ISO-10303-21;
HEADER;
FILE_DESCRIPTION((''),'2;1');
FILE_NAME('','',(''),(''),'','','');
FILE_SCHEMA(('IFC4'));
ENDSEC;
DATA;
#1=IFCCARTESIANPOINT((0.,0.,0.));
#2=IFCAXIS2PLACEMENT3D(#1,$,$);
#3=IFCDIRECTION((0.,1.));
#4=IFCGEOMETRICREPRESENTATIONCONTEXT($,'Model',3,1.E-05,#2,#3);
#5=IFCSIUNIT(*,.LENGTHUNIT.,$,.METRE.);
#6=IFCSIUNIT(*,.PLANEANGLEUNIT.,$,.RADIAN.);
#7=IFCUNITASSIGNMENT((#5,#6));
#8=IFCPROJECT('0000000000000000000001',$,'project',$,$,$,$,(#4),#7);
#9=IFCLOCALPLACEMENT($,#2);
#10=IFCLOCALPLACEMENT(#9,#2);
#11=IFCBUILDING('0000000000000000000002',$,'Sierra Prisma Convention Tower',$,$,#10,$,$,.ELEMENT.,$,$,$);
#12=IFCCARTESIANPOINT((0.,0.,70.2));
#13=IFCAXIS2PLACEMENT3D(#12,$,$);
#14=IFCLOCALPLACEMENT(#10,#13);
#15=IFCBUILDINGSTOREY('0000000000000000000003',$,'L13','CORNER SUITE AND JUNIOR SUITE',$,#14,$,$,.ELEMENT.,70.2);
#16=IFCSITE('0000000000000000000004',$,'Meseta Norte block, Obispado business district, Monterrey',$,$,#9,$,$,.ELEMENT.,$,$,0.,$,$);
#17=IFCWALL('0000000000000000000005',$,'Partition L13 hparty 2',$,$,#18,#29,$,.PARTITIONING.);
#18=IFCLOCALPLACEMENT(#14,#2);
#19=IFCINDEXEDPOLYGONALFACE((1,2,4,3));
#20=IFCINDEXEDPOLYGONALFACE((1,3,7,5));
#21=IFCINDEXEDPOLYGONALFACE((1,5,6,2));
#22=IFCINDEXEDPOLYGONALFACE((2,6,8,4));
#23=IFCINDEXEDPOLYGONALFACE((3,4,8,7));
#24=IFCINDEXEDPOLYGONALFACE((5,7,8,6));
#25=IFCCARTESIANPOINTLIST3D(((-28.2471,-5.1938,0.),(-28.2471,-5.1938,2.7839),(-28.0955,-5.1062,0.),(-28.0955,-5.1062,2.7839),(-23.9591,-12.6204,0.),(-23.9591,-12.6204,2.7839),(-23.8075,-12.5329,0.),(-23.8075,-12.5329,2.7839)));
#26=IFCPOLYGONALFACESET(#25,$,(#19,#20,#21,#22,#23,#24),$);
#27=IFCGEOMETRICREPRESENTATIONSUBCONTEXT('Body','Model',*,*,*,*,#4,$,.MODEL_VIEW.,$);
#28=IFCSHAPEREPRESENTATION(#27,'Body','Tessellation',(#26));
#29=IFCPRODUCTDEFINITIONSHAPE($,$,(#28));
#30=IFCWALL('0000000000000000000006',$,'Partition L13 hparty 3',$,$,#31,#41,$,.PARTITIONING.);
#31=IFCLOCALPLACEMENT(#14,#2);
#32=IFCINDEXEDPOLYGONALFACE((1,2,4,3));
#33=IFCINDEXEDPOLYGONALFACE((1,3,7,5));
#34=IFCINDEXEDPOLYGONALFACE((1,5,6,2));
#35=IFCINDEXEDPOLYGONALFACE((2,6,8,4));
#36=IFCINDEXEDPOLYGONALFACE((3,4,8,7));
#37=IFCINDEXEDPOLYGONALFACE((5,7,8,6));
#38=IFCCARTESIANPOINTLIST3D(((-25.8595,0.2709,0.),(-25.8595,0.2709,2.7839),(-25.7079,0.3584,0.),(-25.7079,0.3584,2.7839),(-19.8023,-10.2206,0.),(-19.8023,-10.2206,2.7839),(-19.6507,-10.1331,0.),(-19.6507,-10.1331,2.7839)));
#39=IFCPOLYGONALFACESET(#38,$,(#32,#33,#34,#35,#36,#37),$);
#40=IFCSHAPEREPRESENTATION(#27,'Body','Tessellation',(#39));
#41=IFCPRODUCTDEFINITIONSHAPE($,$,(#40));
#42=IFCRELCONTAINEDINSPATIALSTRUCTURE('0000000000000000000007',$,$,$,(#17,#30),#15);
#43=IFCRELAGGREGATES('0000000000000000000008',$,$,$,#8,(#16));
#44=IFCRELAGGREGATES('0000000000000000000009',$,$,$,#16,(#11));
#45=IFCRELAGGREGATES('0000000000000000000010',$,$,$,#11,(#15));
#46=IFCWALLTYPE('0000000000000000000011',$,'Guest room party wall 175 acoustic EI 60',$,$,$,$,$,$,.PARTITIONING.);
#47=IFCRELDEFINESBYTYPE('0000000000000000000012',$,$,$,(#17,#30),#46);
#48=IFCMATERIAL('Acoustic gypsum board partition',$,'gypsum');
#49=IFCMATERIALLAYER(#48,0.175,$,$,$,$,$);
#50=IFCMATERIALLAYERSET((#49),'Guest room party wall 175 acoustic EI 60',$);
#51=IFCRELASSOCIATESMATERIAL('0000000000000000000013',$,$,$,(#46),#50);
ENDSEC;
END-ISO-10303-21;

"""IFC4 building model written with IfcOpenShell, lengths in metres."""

from ifc_helpers import new_model, si_unit, direction, frame, frame_2d, origin, place, context, subcontext, project, spatial, rectangle, extrude, material, layer, layer_set, type_object, element, save


model = new_model("IFC4")

# Units and contexts
model_context = context("Model", 3, precision=1e-05, world=origin(), true_north=direction((0.0, 1.0)))
body_context = subcontext(model_context, "Body", "Model", "MODEL_VIEW")
ifc_project = project(units=[si_unit("LENGTHUNIT", "METRE"), si_unit("PLANEANGLEUNIT", "RADIAN")], contexts=[model_context])

# Site, building, storey
site_placement = place(None, origin())
site = spatial("IfcSite", under=ifc_project, at=site_placement, Name="Meseta Norte block, Obispado business district, Monterrey", CompositionType="ELEMENT", RefElevation=0.0)
building_placement = place(site_placement, origin())
building = spatial("IfcBuilding", under=site, at=building_placement, Name="Sierra Prisma Convention Tower", CompositionType="ELEMENT")
storey_placement = place(building_placement, frame((0.0, 0.0, 70.2)))
storey = spatial("IfcBuildingStorey", under=building, at=storey_placement, Name="L13", Description="CORNER SUITE AND JUNIOR SUITE", CompositionType="ELEMENT", Elevation=70.2)

# Walls
ifc_material_1 = material(Name="Acoustic gypsum board partition", Category="gypsum")
ifc_layer_1 = layer(ifc_material_1, 0.175)
ifc_layer_set_1 = layer_set([ifc_layer_1], Name="Guest room party wall 175 acoustic EI 60")
wall_type_1 = type_object("IfcWallType", Name="Guest room party wall 175 acoustic EI 60", PredefinedType="PARTITIONING", material=ifc_layer_set_1)
wall_1_placement = place(storey_placement, frame((-23.8833, -12.5767, 0.0), z_axis=(0.0, 0.0, 1.0), x_axis=(-0.500021, 0.866013, 0.0)))
element("IfcWall", 1, at=wall_1_placement, inside=storey, type_object=wall_type_1, Name="Partition L13 hparty 2", PredefinedType="PARTITIONING", context=body_context, shape_type="SweptSolid", body=[
    extrude(rectangle(XDim=8.5757, YDim=0.175, at=frame_2d((4.2878, 0.0))), origin(), (0.0, 0.0, 1.0), 2.7839),
])
wall_2_placement = place(storey_placement, frame((-19.7266, -10.1768, 0.0), z_axis=(0.0, 0.0, 1.0), x_axis=(-0.499993, 0.86603, 0.0)))
element("IfcWall", 2, at=wall_2_placement, inside=storey, type_object=wall_type_1, Name="Partition L13 hparty 3", PredefinedType="PARTITIONING", context=body_context, shape_type="SweptSolid", body=[
    extrude(rectangle(XDim=12.1145, YDim=0.175, at=frame_2d((6.0571, 0.0))), origin(), (0.0, 0.0, 1.0), 2.7839),
])

save(model, "model.ifc")
